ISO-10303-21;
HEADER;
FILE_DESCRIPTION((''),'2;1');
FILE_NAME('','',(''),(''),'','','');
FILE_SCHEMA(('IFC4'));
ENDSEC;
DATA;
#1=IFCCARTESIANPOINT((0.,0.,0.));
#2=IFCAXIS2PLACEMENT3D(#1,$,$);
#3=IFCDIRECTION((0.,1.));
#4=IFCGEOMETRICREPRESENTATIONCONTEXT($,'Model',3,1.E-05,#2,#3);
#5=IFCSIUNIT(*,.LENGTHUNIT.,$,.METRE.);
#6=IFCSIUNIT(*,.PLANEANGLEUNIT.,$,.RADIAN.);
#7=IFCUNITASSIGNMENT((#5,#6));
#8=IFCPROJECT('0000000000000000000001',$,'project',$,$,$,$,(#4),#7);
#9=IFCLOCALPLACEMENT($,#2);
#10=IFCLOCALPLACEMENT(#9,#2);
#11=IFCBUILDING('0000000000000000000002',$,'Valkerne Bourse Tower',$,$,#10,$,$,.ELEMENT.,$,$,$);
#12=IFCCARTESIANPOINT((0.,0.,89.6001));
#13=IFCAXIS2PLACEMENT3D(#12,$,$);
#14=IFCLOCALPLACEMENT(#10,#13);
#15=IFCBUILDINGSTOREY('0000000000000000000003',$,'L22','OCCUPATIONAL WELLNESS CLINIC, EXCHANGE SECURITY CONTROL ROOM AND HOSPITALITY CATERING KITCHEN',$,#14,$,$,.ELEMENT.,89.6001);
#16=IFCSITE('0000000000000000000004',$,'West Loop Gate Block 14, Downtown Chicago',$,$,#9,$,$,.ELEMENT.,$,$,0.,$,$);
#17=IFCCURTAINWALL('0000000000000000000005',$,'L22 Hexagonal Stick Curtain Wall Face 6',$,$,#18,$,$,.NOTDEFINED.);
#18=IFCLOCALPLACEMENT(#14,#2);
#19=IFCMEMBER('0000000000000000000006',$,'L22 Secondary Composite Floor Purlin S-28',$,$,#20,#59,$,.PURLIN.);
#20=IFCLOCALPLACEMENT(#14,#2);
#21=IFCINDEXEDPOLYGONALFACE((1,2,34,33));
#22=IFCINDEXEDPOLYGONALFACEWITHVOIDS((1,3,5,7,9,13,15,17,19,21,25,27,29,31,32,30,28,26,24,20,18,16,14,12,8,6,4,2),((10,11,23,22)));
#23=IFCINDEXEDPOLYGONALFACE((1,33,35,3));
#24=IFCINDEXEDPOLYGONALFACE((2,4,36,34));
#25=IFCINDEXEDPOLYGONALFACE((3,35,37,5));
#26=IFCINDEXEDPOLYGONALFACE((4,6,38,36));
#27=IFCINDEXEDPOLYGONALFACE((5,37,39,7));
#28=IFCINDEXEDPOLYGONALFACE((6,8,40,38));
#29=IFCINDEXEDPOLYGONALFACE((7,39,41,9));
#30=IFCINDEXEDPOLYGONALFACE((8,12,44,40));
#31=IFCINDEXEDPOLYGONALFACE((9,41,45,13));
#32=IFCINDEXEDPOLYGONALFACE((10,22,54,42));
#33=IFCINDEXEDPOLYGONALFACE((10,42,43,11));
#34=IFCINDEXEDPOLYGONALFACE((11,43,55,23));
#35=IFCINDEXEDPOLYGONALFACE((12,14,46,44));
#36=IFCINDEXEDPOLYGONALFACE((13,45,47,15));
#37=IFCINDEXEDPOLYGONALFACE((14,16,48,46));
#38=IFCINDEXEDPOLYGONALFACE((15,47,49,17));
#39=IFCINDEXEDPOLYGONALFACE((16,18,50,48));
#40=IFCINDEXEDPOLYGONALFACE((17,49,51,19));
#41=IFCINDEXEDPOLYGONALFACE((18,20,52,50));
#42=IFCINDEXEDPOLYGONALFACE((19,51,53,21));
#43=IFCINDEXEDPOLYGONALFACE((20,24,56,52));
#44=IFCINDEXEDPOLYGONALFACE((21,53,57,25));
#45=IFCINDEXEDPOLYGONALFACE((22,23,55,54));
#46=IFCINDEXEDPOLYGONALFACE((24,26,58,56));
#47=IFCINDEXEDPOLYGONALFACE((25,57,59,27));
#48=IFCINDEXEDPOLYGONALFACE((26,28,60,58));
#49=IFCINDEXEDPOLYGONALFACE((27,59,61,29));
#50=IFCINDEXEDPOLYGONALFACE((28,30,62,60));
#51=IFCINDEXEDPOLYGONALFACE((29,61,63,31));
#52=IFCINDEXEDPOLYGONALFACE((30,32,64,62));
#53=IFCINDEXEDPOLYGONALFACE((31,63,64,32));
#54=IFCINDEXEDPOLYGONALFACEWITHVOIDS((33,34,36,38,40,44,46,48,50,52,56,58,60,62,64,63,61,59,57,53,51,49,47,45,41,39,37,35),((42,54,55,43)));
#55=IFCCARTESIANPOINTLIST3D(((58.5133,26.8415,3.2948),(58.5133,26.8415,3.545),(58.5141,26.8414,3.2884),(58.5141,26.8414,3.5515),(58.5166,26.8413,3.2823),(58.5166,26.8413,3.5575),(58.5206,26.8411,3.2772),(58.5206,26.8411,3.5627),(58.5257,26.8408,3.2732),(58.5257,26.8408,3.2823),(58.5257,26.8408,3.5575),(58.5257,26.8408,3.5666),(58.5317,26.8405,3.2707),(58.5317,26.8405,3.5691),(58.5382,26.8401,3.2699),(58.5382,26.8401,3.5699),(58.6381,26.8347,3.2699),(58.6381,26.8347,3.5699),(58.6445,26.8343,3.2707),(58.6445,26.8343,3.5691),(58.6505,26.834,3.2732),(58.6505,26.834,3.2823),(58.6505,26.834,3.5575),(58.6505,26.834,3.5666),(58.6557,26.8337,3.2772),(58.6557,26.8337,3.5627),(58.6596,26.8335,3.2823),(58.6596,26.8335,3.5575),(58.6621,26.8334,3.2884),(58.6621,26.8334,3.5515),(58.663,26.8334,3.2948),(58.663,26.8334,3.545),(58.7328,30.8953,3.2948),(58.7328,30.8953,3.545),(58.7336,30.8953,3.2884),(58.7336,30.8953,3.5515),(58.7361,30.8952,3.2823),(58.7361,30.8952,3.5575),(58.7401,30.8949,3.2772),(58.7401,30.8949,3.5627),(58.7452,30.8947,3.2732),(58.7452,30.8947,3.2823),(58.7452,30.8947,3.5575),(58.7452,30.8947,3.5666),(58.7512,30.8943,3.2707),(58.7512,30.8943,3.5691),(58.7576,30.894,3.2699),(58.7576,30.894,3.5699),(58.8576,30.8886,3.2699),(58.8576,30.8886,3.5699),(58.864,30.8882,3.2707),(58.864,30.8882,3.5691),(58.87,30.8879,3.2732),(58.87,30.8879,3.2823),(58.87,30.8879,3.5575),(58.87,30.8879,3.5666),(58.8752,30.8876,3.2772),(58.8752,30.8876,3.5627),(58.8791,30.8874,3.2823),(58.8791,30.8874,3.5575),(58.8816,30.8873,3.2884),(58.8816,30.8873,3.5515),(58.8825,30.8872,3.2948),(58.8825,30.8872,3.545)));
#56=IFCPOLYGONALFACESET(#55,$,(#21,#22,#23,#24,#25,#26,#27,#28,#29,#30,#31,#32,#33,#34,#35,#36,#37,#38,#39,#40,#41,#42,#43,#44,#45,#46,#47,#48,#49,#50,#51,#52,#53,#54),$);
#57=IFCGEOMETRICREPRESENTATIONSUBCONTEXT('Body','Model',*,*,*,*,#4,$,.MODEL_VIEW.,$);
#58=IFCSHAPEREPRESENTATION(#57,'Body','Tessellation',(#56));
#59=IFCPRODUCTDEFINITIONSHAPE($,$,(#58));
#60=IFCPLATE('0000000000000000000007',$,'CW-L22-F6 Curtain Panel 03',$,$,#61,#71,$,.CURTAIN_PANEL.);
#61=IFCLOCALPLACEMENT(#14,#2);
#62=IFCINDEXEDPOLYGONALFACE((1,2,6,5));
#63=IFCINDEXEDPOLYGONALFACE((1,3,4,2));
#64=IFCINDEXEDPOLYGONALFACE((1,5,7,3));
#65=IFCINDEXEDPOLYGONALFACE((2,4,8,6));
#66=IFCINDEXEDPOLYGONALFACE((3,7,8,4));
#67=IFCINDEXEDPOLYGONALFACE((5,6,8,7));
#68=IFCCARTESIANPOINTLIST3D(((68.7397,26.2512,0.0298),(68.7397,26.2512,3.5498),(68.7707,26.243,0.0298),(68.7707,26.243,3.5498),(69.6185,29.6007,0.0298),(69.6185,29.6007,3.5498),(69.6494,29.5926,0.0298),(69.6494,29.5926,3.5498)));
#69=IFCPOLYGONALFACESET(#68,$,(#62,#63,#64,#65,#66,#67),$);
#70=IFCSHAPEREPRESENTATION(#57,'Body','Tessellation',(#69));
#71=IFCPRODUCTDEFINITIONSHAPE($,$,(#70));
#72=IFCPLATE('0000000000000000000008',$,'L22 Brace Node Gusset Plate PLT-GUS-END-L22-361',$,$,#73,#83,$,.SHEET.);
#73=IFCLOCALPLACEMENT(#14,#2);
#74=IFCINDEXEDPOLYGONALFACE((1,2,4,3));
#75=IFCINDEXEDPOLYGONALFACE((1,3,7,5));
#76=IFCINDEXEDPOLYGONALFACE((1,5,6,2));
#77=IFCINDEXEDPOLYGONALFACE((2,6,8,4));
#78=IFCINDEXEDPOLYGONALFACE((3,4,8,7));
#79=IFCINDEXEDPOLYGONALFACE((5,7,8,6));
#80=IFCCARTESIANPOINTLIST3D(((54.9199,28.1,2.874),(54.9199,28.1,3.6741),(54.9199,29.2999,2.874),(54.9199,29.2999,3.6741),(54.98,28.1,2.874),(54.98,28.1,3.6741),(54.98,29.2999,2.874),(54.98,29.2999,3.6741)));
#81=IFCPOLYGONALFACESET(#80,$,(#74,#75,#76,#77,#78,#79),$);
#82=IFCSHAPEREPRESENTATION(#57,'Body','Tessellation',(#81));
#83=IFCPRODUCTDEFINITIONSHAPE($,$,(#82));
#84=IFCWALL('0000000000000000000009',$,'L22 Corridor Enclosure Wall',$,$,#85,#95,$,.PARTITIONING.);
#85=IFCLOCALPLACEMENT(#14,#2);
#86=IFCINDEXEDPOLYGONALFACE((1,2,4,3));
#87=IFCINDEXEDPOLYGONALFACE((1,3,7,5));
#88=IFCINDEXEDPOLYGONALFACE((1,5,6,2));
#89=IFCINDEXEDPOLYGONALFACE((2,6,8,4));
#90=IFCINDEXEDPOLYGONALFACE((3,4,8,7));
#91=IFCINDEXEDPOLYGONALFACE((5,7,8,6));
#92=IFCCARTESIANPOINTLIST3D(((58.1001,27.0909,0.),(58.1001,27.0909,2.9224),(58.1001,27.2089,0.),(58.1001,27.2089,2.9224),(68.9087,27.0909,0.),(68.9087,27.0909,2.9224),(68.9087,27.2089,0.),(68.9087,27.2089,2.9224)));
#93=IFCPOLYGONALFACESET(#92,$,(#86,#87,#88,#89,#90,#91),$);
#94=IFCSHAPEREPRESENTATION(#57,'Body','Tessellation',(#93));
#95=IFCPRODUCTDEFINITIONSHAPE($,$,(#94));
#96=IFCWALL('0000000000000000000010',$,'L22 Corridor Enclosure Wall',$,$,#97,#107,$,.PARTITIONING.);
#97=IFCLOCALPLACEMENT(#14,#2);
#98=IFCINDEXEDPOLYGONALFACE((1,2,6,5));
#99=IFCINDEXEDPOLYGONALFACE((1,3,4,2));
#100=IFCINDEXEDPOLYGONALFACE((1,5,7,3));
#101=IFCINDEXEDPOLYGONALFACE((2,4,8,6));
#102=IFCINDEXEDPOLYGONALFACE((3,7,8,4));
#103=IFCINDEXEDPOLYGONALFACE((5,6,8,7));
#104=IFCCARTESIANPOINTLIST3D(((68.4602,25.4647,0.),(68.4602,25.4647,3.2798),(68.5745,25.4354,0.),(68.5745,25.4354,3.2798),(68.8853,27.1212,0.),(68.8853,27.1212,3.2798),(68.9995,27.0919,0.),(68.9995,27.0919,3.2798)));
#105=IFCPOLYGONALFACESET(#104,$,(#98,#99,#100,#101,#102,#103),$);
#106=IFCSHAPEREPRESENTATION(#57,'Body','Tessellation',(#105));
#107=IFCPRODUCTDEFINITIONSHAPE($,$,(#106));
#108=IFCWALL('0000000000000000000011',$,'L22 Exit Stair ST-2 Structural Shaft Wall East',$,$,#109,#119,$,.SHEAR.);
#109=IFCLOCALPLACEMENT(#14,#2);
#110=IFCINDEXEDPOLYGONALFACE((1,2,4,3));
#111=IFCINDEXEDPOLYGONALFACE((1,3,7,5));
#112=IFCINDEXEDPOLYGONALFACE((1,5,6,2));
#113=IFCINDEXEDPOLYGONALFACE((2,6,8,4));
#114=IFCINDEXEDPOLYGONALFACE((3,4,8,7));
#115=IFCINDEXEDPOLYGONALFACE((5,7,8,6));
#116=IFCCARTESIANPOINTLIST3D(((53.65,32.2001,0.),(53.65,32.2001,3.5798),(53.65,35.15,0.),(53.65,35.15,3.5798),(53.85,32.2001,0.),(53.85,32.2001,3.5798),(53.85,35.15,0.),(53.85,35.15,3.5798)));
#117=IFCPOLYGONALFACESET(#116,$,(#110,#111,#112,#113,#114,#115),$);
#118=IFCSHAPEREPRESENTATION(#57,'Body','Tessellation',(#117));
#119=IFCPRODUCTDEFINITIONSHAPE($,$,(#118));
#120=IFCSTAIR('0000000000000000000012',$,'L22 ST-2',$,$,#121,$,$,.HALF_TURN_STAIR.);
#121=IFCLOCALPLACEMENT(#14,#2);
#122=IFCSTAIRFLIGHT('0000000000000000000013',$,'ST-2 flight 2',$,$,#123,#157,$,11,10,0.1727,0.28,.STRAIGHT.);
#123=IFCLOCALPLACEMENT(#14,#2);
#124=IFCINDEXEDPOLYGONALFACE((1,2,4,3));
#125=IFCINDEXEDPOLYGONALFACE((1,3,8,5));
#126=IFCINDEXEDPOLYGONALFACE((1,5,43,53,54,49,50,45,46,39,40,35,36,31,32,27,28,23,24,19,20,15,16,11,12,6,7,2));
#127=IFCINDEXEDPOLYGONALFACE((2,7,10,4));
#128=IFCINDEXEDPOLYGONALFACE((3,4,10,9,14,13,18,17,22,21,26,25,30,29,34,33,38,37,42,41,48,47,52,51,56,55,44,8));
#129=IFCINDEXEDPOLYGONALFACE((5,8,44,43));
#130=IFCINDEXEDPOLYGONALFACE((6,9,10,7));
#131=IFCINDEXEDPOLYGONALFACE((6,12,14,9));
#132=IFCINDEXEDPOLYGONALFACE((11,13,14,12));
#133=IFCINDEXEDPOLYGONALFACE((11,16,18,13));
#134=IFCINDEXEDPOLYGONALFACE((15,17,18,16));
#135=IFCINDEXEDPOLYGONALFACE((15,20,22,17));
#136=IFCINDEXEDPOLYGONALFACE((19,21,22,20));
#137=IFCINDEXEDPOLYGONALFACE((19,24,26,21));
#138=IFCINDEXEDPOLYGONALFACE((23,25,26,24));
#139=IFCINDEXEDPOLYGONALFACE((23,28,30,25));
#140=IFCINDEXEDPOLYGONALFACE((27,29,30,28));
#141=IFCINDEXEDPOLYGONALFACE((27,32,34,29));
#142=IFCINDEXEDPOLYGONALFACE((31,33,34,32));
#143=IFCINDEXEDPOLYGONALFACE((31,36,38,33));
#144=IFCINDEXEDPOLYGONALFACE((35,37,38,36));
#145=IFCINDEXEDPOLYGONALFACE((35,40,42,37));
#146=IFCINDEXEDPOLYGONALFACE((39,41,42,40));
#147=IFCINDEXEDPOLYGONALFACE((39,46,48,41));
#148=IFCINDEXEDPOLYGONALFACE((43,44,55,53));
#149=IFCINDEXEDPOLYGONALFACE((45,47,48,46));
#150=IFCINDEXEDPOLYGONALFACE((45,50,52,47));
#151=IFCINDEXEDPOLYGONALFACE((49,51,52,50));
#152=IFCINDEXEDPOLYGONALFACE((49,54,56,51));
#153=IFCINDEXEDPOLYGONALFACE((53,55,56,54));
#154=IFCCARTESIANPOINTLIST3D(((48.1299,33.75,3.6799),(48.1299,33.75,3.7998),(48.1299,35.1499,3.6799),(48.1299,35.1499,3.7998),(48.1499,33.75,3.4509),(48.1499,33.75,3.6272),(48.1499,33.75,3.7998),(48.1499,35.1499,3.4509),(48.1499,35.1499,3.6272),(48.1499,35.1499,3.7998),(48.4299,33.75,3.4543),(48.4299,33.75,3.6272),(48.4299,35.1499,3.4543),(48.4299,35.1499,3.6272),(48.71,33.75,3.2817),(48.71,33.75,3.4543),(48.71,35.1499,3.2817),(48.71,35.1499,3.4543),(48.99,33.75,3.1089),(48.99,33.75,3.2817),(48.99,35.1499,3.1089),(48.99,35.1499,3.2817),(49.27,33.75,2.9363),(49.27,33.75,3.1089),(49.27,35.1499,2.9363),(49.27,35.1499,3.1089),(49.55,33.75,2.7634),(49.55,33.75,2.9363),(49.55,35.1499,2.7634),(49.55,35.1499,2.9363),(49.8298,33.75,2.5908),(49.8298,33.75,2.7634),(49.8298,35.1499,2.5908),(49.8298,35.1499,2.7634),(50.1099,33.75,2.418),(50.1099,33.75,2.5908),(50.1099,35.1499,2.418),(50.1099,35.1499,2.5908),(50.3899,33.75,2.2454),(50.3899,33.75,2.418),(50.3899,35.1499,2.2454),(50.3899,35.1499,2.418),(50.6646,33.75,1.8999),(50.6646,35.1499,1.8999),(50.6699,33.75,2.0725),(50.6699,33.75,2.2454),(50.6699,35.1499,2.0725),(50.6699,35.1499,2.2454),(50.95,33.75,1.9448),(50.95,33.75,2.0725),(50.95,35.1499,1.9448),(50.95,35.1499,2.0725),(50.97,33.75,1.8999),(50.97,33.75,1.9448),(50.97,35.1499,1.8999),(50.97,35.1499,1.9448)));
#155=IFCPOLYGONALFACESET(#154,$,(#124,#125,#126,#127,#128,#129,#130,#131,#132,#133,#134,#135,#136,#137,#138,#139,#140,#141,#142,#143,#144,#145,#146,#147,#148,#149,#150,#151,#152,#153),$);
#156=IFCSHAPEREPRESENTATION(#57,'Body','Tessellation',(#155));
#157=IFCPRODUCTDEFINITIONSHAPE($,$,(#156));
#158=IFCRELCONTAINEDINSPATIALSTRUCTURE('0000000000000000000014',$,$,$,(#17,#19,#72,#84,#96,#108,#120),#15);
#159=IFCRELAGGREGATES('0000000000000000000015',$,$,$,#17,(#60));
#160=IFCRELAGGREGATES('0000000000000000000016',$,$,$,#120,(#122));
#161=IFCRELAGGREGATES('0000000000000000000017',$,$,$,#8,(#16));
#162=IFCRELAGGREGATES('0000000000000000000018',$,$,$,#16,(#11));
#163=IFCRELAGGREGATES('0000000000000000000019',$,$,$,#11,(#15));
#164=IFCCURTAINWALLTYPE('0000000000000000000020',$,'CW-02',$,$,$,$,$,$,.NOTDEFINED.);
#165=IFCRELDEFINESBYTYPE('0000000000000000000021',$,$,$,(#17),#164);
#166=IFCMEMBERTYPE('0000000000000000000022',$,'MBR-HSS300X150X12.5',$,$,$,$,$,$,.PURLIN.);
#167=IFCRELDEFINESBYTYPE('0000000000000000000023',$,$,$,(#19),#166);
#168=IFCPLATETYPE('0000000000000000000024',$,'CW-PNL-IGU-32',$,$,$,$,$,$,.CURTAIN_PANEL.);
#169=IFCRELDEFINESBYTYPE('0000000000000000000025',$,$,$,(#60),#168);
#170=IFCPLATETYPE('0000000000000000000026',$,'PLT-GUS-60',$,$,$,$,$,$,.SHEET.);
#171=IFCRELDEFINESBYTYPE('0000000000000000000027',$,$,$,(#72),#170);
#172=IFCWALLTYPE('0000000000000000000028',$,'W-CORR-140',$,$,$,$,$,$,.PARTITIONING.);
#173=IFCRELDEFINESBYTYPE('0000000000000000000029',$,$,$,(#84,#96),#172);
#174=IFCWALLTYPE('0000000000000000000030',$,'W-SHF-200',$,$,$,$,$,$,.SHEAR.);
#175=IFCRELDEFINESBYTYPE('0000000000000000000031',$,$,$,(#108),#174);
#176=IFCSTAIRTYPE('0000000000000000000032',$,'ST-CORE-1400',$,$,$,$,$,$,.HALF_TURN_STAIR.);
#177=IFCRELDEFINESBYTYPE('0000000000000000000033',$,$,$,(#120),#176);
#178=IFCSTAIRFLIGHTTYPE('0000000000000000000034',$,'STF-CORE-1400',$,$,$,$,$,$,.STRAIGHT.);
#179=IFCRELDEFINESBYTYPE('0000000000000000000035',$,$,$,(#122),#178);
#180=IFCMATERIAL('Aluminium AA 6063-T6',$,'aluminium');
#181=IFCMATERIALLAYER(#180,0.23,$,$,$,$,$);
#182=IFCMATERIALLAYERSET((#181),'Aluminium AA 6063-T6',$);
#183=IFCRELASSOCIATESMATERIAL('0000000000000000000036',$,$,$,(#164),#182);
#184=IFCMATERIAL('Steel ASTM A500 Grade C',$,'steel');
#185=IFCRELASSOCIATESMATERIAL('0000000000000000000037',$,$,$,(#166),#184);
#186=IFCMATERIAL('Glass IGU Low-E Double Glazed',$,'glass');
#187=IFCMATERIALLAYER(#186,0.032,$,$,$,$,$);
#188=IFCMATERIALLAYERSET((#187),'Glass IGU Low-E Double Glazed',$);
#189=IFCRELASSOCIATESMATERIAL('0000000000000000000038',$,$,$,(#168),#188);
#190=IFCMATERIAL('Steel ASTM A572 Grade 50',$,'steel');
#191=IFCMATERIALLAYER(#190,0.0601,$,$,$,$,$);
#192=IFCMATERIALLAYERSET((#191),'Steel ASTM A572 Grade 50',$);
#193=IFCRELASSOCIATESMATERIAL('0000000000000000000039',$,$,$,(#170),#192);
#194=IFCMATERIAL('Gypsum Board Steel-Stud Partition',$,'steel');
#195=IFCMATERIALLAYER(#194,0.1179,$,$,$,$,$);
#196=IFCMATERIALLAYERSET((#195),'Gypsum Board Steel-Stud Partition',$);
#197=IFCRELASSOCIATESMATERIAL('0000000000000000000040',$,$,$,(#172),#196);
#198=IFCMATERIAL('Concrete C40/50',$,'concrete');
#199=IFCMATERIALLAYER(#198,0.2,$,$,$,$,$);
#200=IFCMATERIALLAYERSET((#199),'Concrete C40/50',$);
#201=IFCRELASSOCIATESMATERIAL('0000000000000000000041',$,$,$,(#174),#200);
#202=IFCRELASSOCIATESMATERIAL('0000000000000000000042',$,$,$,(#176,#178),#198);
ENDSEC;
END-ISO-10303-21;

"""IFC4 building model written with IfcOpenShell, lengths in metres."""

from ifc_helpers import new_model, si_unit, direction, frame, frame_2d, origin, origin_2d, place, context, subcontext, project, spatial, polyline, rectangle, hollow_rectangle, outline, extrude, material, layer, layer_set, material_profile, profile_set, type_object, element, aggregate, save


model = new_model("IFC4")

# Units and contexts
model_context = context("Model", 3, precision=1e-05, world=origin(), true_north=direction((0.0, 1.0)))
body_context = subcontext(model_context, "Body", "Model", "MODEL_VIEW")
ifc_project = project(units=[si_unit("LENGTHUNIT", "METRE"), si_unit("PLANEANGLEUNIT", "RADIAN")], contexts=[model_context])

# Site, building, storey
site_placement = place(None, origin())
site = spatial("IfcSite", under=ifc_project, at=site_placement, Name="West Loop Gate Block 14, Downtown Chicago", CompositionType="ELEMENT", RefElevation=0.0)
building_placement = place(site_placement, origin())
building = spatial("IfcBuilding", under=site, at=building_placement, Name="Valkerne Bourse Tower", CompositionType="ELEMENT")
storey_placement = place(building_placement, frame((0.0, 0.0, 89.6001)))
storey = spatial("IfcBuildingStorey", under=building, at=storey_placement, Name="L22", Description="OCCUPATIONAL WELLNESS CLINIC, EXCHANGE SECURITY CONTROL ROOM AND HOSPITALITY CATERING KITCHEN", CompositionType="ELEMENT", Elevation=89.6001)

# Curtain wall
ifc_material_1 = material(Name="Aluminium AA 6063-T6", Category="aluminium")
ifc_layer_1 = layer(ifc_material_1, 0.23)
ifc_layer_set_1 = layer_set([ifc_layer_1], Name="Aluminium AA 6063-T6")
curtain_wall_type = type_object("IfcCurtainWallType", Name="CW-02", PredefinedType="NOTDEFINED", material=ifc_layer_set_1)
curtain_wall_placement = place(storey_placement, origin())
curtain_wall = element("IfcCurtainWall", 1, at=curtain_wall_placement, inside=storey, type_object=curtain_wall_type, Name="L22 Hexagonal Stick Curtain Wall Face 6", PredefinedType="NOTDEFINED")

# Member
ifc_material_2 = material(Name="Steel ASTM A500 Grade C", Category="steel")
ifc_material_profile_1 = material_profile(ifc_material_2, hollow_rectangle(XDim=0.1499, YDim=0.3, WallThickness=0.0125, OuterFilletRadius=0.0249, at=origin_2d()), Name="HSS300X150X12.5")
ifc_profile_set_1 = profile_set([ifc_material_profile_1], Name="Steel ASTM A500 Grade C")
member_type_1 = type_object("IfcMemberType", Name="MBR-HSS300X150X12.5", PredefinedType="PURLIN", material=ifc_profile_set_1)
member_1_placement = place(storey_placement, frame((58.5881, 26.8374, 3.4199), z_axis=(0.054061, 0.998538, 0.0), x_axis=(-0.998538, 0.054061, 0.0)))
element("IfcMember", 2, at=member_1_placement, inside=storey, type_object=member_type_1, Name="L22 Secondary Composite Floor Purlin S-28", PredefinedType="PURLIN", context=body_context, shape_type="SweptSolid", body=[
    extrude(hollow_rectangle(XDim=0.1499, YDim=0.3, WallThickness=0.0125, OuterFilletRadius=0.0249, at=origin_2d()), origin(), (0.0, 0.0, 1.0), 4.0598),
])

# Plates
ifc_material_3 = material(Name="Glass IGU Low-E Double Glazed", Category="glass")
ifc_layer_2 = layer(ifc_material_3, 0.032)
ifc_layer_set_2 = layer_set([ifc_layer_2], Name="Glass IGU Low-E Double Glazed")
plate_type_1 = type_object("IfcPlateType", Name="CW-PNL-IGU-32", PredefinedType="CURTAIN_PANEL", material=ifc_layer_set_2)
plate_1_placement = place(storey_placement, frame((69.1946, 27.9219, 0.0298), z_axis=(0.0, 0.0, 1.0), x_axis=(0.253755, 0.967268, 0.0)))
plate_1 = element("IfcPlate", 3, at=plate_1_placement, type_object=plate_type_1, Name="CW-L22-F6 Curtain Panel 03", PredefinedType="CURTAIN_PANEL", context=body_context, shape_type="SweptSolid", body=[
    extrude(rectangle(XDim=3.4629, YDim=0.032, at=origin_2d()), origin(), (0.0, 0.0, 1.0), 3.52),
])
aggregate(curtain_wall, [plate_1])
ifc_material_4 = material(Name="Steel ASTM A572 Grade 50", Category="steel")
ifc_layer_3 = layer(ifc_material_4, 0.0601)
ifc_layer_set_3 = layer_set([ifc_layer_3], Name="Steel ASTM A572 Grade 50")
plate_type_2 = type_object("IfcPlateType", Name="PLT-GUS-60", PredefinedType="SHEET", material=ifc_layer_set_3)
plate_2_placement = place(storey_placement, frame((54.95, 28.7, 2.874), z_axis=(0.0, 0.0, 1.0), x_axis=(0.0, 1.0, 0.0)))
element("IfcPlate", 4, at=plate_2_placement, inside=storey, type_object=plate_type_2, Name="L22 Brace Node Gusset Plate PLT-GUS-END-L22-361", PredefinedType="SHEET", context=body_context, shape_type="SweptSolid", body=[
    extrude(rectangle(XDim=1.2, YDim=0.0601, at=origin_2d()), origin(), (0.0, 0.0, 1.0), 0.8),
])

# Walls
ifc_material_5 = material(Name="Gypsum Board Steel-Stud Partition", Category="steel")
ifc_layer_4 = layer(ifc_material_5, 0.1179)
ifc_layer_set_4 = layer_set([ifc_layer_4], Name="Gypsum Board Steel-Stud Partition")
wall_type_1 = type_object("IfcWallType", Name="W-CORR-140", PredefinedType="PARTITIONING", material=ifc_layer_set_4)
wall_1_placement = place(storey_placement, frame((58.1001, 27.1499, 0.0), z_axis=(0.0, 0.0, 1.0), x_axis=(1.0, 0.0, 0.0)))
element("IfcWall", 5, at=wall_1_placement, inside=storey, type_object=wall_type_1, Name="L22 Corridor Enclosure Wall", PredefinedType="PARTITIONING", context=body_context, shape_type="SweptSolid", body=[
    extrude(rectangle(XDim=10.8086, YDim=0.1179, at=frame_2d((5.4043, 0.0))), origin(), (0.0, 0.0, 1.0), 2.9224),
])
wall_2_placement = place(storey_placement, frame((68.9424, 27.1064, 0.0), z_axis=(0.0, 0.0, 1.0), x_axis=(-0.248544, -0.968621, 0.0)))
element("IfcWall", 6, at=wall_2_placement, inside=storey, type_object=wall_type_1, Name="L22 Corridor Enclosure Wall", PredefinedType="PARTITIONING", context=body_context, shape_type="SweptSolid", body=[
    extrude(rectangle(XDim=1.7102, YDim=0.1179, at=frame_2d((0.855, 0.0))), origin(), (0.0, 0.0, 1.0), 3.2798),
])
ifc_material_6 = material(Name="Concrete C40/50", Category="concrete")
ifc_layer_5 = layer(ifc_material_6, 0.2)
ifc_layer_set_5 = layer_set([ifc_layer_5], Name="Concrete C40/50")
wall_type_2 = type_object("IfcWallType", Name="W-SHF-200", PredefinedType="SHEAR", material=ifc_layer_set_5)
wall_3_placement = place(storey_placement, frame((53.75, 32.2, 0.0), z_axis=(0.0, 0.0, 1.0), x_axis=(0.0, 1.0, 0.0)))
element("IfcWall", 7, at=wall_3_placement, inside=storey, type_object=wall_type_2, Name="L22 Exit Stair ST-2 Structural Shaft Wall East", PredefinedType="SHEAR", context=body_context, shape_type="SweptSolid", body=[
    extrude(rectangle(XDim=2.95, YDim=0.2, at=frame_2d((1.4751, 0.0))), origin(), (0.0, 0.0, 1.0), 3.5798),
])

# Stair, stair flight
stair_type = type_object("IfcStairType", Name="ST-CORE-1400", PredefinedType="HALF_TURN_STAIR", material=ifc_material_6)
stair_placement = place(storey_placement, origin())
stair = element("IfcStair", 8, at=stair_placement, inside=storey, type_object=stair_type, Name="L22 ST-2", PredefinedType="HALF_TURN_STAIR")
stair_flight_type = type_object("IfcStairFlightType", Name="STF-CORE-1400", PredefinedType="STRAIGHT", material=ifc_material_6)
stair_flight_placement = place(storey_placement, frame((50.95, 34.45, 1.8999), z_axis=(0.0, 0.0, 1.0), x_axis=(-1.0, 0.0, 0.0)))
stair_flight = element("IfcStairFlight", 9, at=stair_flight_placement, type_object=stair_flight_type, Name="ST-2 flight 2", NumberOfRisers=11, NumberOfTreads=10, PredefinedType="STRAIGHT", RiserHeight=0.1727, TreadLength=0.28, context=body_context, shape_type="SweptSolid", body=[
    extrude(outline(polyline([(-0.02, 0.0), (-0.02, 0.0449), (0.0, 0.0449), (0.0, 0.1726), (0.28, 0.1726), (0.28, 0.3455), (0.5601, 0.3455), (0.5601, 0.5181), (0.8401, 0.5181), (0.8401, 0.6909), (1.1201, 0.6909), (1.1201, 0.8635), (1.3999, 0.8635), (1.3999, 1.0364), (1.6799, 1.0364), (1.6799, 1.209), (1.96, 1.209), (1.96, 1.3818), (2.24, 1.3818), (2.24, 1.5544), (2.52, 1.5544), (2.52, 1.7273), (2.8, 1.7273), (2.8, 1.8999), (2.8201, 1.8999), (2.8201, 1.78), (2.8, 1.551), (0.2854, 0.0), (-0.02, 0.0)])), frame((0.0, 0.7, 0.0), z_axis=(0.0, -1.0, 0.0), x_axis=(1.0, 0.0, 0.0)), (0.0, 0.0, 1.0), 1.3999),
])
aggregate(stair, [stair_flight])

save(model, "model.ifc")
